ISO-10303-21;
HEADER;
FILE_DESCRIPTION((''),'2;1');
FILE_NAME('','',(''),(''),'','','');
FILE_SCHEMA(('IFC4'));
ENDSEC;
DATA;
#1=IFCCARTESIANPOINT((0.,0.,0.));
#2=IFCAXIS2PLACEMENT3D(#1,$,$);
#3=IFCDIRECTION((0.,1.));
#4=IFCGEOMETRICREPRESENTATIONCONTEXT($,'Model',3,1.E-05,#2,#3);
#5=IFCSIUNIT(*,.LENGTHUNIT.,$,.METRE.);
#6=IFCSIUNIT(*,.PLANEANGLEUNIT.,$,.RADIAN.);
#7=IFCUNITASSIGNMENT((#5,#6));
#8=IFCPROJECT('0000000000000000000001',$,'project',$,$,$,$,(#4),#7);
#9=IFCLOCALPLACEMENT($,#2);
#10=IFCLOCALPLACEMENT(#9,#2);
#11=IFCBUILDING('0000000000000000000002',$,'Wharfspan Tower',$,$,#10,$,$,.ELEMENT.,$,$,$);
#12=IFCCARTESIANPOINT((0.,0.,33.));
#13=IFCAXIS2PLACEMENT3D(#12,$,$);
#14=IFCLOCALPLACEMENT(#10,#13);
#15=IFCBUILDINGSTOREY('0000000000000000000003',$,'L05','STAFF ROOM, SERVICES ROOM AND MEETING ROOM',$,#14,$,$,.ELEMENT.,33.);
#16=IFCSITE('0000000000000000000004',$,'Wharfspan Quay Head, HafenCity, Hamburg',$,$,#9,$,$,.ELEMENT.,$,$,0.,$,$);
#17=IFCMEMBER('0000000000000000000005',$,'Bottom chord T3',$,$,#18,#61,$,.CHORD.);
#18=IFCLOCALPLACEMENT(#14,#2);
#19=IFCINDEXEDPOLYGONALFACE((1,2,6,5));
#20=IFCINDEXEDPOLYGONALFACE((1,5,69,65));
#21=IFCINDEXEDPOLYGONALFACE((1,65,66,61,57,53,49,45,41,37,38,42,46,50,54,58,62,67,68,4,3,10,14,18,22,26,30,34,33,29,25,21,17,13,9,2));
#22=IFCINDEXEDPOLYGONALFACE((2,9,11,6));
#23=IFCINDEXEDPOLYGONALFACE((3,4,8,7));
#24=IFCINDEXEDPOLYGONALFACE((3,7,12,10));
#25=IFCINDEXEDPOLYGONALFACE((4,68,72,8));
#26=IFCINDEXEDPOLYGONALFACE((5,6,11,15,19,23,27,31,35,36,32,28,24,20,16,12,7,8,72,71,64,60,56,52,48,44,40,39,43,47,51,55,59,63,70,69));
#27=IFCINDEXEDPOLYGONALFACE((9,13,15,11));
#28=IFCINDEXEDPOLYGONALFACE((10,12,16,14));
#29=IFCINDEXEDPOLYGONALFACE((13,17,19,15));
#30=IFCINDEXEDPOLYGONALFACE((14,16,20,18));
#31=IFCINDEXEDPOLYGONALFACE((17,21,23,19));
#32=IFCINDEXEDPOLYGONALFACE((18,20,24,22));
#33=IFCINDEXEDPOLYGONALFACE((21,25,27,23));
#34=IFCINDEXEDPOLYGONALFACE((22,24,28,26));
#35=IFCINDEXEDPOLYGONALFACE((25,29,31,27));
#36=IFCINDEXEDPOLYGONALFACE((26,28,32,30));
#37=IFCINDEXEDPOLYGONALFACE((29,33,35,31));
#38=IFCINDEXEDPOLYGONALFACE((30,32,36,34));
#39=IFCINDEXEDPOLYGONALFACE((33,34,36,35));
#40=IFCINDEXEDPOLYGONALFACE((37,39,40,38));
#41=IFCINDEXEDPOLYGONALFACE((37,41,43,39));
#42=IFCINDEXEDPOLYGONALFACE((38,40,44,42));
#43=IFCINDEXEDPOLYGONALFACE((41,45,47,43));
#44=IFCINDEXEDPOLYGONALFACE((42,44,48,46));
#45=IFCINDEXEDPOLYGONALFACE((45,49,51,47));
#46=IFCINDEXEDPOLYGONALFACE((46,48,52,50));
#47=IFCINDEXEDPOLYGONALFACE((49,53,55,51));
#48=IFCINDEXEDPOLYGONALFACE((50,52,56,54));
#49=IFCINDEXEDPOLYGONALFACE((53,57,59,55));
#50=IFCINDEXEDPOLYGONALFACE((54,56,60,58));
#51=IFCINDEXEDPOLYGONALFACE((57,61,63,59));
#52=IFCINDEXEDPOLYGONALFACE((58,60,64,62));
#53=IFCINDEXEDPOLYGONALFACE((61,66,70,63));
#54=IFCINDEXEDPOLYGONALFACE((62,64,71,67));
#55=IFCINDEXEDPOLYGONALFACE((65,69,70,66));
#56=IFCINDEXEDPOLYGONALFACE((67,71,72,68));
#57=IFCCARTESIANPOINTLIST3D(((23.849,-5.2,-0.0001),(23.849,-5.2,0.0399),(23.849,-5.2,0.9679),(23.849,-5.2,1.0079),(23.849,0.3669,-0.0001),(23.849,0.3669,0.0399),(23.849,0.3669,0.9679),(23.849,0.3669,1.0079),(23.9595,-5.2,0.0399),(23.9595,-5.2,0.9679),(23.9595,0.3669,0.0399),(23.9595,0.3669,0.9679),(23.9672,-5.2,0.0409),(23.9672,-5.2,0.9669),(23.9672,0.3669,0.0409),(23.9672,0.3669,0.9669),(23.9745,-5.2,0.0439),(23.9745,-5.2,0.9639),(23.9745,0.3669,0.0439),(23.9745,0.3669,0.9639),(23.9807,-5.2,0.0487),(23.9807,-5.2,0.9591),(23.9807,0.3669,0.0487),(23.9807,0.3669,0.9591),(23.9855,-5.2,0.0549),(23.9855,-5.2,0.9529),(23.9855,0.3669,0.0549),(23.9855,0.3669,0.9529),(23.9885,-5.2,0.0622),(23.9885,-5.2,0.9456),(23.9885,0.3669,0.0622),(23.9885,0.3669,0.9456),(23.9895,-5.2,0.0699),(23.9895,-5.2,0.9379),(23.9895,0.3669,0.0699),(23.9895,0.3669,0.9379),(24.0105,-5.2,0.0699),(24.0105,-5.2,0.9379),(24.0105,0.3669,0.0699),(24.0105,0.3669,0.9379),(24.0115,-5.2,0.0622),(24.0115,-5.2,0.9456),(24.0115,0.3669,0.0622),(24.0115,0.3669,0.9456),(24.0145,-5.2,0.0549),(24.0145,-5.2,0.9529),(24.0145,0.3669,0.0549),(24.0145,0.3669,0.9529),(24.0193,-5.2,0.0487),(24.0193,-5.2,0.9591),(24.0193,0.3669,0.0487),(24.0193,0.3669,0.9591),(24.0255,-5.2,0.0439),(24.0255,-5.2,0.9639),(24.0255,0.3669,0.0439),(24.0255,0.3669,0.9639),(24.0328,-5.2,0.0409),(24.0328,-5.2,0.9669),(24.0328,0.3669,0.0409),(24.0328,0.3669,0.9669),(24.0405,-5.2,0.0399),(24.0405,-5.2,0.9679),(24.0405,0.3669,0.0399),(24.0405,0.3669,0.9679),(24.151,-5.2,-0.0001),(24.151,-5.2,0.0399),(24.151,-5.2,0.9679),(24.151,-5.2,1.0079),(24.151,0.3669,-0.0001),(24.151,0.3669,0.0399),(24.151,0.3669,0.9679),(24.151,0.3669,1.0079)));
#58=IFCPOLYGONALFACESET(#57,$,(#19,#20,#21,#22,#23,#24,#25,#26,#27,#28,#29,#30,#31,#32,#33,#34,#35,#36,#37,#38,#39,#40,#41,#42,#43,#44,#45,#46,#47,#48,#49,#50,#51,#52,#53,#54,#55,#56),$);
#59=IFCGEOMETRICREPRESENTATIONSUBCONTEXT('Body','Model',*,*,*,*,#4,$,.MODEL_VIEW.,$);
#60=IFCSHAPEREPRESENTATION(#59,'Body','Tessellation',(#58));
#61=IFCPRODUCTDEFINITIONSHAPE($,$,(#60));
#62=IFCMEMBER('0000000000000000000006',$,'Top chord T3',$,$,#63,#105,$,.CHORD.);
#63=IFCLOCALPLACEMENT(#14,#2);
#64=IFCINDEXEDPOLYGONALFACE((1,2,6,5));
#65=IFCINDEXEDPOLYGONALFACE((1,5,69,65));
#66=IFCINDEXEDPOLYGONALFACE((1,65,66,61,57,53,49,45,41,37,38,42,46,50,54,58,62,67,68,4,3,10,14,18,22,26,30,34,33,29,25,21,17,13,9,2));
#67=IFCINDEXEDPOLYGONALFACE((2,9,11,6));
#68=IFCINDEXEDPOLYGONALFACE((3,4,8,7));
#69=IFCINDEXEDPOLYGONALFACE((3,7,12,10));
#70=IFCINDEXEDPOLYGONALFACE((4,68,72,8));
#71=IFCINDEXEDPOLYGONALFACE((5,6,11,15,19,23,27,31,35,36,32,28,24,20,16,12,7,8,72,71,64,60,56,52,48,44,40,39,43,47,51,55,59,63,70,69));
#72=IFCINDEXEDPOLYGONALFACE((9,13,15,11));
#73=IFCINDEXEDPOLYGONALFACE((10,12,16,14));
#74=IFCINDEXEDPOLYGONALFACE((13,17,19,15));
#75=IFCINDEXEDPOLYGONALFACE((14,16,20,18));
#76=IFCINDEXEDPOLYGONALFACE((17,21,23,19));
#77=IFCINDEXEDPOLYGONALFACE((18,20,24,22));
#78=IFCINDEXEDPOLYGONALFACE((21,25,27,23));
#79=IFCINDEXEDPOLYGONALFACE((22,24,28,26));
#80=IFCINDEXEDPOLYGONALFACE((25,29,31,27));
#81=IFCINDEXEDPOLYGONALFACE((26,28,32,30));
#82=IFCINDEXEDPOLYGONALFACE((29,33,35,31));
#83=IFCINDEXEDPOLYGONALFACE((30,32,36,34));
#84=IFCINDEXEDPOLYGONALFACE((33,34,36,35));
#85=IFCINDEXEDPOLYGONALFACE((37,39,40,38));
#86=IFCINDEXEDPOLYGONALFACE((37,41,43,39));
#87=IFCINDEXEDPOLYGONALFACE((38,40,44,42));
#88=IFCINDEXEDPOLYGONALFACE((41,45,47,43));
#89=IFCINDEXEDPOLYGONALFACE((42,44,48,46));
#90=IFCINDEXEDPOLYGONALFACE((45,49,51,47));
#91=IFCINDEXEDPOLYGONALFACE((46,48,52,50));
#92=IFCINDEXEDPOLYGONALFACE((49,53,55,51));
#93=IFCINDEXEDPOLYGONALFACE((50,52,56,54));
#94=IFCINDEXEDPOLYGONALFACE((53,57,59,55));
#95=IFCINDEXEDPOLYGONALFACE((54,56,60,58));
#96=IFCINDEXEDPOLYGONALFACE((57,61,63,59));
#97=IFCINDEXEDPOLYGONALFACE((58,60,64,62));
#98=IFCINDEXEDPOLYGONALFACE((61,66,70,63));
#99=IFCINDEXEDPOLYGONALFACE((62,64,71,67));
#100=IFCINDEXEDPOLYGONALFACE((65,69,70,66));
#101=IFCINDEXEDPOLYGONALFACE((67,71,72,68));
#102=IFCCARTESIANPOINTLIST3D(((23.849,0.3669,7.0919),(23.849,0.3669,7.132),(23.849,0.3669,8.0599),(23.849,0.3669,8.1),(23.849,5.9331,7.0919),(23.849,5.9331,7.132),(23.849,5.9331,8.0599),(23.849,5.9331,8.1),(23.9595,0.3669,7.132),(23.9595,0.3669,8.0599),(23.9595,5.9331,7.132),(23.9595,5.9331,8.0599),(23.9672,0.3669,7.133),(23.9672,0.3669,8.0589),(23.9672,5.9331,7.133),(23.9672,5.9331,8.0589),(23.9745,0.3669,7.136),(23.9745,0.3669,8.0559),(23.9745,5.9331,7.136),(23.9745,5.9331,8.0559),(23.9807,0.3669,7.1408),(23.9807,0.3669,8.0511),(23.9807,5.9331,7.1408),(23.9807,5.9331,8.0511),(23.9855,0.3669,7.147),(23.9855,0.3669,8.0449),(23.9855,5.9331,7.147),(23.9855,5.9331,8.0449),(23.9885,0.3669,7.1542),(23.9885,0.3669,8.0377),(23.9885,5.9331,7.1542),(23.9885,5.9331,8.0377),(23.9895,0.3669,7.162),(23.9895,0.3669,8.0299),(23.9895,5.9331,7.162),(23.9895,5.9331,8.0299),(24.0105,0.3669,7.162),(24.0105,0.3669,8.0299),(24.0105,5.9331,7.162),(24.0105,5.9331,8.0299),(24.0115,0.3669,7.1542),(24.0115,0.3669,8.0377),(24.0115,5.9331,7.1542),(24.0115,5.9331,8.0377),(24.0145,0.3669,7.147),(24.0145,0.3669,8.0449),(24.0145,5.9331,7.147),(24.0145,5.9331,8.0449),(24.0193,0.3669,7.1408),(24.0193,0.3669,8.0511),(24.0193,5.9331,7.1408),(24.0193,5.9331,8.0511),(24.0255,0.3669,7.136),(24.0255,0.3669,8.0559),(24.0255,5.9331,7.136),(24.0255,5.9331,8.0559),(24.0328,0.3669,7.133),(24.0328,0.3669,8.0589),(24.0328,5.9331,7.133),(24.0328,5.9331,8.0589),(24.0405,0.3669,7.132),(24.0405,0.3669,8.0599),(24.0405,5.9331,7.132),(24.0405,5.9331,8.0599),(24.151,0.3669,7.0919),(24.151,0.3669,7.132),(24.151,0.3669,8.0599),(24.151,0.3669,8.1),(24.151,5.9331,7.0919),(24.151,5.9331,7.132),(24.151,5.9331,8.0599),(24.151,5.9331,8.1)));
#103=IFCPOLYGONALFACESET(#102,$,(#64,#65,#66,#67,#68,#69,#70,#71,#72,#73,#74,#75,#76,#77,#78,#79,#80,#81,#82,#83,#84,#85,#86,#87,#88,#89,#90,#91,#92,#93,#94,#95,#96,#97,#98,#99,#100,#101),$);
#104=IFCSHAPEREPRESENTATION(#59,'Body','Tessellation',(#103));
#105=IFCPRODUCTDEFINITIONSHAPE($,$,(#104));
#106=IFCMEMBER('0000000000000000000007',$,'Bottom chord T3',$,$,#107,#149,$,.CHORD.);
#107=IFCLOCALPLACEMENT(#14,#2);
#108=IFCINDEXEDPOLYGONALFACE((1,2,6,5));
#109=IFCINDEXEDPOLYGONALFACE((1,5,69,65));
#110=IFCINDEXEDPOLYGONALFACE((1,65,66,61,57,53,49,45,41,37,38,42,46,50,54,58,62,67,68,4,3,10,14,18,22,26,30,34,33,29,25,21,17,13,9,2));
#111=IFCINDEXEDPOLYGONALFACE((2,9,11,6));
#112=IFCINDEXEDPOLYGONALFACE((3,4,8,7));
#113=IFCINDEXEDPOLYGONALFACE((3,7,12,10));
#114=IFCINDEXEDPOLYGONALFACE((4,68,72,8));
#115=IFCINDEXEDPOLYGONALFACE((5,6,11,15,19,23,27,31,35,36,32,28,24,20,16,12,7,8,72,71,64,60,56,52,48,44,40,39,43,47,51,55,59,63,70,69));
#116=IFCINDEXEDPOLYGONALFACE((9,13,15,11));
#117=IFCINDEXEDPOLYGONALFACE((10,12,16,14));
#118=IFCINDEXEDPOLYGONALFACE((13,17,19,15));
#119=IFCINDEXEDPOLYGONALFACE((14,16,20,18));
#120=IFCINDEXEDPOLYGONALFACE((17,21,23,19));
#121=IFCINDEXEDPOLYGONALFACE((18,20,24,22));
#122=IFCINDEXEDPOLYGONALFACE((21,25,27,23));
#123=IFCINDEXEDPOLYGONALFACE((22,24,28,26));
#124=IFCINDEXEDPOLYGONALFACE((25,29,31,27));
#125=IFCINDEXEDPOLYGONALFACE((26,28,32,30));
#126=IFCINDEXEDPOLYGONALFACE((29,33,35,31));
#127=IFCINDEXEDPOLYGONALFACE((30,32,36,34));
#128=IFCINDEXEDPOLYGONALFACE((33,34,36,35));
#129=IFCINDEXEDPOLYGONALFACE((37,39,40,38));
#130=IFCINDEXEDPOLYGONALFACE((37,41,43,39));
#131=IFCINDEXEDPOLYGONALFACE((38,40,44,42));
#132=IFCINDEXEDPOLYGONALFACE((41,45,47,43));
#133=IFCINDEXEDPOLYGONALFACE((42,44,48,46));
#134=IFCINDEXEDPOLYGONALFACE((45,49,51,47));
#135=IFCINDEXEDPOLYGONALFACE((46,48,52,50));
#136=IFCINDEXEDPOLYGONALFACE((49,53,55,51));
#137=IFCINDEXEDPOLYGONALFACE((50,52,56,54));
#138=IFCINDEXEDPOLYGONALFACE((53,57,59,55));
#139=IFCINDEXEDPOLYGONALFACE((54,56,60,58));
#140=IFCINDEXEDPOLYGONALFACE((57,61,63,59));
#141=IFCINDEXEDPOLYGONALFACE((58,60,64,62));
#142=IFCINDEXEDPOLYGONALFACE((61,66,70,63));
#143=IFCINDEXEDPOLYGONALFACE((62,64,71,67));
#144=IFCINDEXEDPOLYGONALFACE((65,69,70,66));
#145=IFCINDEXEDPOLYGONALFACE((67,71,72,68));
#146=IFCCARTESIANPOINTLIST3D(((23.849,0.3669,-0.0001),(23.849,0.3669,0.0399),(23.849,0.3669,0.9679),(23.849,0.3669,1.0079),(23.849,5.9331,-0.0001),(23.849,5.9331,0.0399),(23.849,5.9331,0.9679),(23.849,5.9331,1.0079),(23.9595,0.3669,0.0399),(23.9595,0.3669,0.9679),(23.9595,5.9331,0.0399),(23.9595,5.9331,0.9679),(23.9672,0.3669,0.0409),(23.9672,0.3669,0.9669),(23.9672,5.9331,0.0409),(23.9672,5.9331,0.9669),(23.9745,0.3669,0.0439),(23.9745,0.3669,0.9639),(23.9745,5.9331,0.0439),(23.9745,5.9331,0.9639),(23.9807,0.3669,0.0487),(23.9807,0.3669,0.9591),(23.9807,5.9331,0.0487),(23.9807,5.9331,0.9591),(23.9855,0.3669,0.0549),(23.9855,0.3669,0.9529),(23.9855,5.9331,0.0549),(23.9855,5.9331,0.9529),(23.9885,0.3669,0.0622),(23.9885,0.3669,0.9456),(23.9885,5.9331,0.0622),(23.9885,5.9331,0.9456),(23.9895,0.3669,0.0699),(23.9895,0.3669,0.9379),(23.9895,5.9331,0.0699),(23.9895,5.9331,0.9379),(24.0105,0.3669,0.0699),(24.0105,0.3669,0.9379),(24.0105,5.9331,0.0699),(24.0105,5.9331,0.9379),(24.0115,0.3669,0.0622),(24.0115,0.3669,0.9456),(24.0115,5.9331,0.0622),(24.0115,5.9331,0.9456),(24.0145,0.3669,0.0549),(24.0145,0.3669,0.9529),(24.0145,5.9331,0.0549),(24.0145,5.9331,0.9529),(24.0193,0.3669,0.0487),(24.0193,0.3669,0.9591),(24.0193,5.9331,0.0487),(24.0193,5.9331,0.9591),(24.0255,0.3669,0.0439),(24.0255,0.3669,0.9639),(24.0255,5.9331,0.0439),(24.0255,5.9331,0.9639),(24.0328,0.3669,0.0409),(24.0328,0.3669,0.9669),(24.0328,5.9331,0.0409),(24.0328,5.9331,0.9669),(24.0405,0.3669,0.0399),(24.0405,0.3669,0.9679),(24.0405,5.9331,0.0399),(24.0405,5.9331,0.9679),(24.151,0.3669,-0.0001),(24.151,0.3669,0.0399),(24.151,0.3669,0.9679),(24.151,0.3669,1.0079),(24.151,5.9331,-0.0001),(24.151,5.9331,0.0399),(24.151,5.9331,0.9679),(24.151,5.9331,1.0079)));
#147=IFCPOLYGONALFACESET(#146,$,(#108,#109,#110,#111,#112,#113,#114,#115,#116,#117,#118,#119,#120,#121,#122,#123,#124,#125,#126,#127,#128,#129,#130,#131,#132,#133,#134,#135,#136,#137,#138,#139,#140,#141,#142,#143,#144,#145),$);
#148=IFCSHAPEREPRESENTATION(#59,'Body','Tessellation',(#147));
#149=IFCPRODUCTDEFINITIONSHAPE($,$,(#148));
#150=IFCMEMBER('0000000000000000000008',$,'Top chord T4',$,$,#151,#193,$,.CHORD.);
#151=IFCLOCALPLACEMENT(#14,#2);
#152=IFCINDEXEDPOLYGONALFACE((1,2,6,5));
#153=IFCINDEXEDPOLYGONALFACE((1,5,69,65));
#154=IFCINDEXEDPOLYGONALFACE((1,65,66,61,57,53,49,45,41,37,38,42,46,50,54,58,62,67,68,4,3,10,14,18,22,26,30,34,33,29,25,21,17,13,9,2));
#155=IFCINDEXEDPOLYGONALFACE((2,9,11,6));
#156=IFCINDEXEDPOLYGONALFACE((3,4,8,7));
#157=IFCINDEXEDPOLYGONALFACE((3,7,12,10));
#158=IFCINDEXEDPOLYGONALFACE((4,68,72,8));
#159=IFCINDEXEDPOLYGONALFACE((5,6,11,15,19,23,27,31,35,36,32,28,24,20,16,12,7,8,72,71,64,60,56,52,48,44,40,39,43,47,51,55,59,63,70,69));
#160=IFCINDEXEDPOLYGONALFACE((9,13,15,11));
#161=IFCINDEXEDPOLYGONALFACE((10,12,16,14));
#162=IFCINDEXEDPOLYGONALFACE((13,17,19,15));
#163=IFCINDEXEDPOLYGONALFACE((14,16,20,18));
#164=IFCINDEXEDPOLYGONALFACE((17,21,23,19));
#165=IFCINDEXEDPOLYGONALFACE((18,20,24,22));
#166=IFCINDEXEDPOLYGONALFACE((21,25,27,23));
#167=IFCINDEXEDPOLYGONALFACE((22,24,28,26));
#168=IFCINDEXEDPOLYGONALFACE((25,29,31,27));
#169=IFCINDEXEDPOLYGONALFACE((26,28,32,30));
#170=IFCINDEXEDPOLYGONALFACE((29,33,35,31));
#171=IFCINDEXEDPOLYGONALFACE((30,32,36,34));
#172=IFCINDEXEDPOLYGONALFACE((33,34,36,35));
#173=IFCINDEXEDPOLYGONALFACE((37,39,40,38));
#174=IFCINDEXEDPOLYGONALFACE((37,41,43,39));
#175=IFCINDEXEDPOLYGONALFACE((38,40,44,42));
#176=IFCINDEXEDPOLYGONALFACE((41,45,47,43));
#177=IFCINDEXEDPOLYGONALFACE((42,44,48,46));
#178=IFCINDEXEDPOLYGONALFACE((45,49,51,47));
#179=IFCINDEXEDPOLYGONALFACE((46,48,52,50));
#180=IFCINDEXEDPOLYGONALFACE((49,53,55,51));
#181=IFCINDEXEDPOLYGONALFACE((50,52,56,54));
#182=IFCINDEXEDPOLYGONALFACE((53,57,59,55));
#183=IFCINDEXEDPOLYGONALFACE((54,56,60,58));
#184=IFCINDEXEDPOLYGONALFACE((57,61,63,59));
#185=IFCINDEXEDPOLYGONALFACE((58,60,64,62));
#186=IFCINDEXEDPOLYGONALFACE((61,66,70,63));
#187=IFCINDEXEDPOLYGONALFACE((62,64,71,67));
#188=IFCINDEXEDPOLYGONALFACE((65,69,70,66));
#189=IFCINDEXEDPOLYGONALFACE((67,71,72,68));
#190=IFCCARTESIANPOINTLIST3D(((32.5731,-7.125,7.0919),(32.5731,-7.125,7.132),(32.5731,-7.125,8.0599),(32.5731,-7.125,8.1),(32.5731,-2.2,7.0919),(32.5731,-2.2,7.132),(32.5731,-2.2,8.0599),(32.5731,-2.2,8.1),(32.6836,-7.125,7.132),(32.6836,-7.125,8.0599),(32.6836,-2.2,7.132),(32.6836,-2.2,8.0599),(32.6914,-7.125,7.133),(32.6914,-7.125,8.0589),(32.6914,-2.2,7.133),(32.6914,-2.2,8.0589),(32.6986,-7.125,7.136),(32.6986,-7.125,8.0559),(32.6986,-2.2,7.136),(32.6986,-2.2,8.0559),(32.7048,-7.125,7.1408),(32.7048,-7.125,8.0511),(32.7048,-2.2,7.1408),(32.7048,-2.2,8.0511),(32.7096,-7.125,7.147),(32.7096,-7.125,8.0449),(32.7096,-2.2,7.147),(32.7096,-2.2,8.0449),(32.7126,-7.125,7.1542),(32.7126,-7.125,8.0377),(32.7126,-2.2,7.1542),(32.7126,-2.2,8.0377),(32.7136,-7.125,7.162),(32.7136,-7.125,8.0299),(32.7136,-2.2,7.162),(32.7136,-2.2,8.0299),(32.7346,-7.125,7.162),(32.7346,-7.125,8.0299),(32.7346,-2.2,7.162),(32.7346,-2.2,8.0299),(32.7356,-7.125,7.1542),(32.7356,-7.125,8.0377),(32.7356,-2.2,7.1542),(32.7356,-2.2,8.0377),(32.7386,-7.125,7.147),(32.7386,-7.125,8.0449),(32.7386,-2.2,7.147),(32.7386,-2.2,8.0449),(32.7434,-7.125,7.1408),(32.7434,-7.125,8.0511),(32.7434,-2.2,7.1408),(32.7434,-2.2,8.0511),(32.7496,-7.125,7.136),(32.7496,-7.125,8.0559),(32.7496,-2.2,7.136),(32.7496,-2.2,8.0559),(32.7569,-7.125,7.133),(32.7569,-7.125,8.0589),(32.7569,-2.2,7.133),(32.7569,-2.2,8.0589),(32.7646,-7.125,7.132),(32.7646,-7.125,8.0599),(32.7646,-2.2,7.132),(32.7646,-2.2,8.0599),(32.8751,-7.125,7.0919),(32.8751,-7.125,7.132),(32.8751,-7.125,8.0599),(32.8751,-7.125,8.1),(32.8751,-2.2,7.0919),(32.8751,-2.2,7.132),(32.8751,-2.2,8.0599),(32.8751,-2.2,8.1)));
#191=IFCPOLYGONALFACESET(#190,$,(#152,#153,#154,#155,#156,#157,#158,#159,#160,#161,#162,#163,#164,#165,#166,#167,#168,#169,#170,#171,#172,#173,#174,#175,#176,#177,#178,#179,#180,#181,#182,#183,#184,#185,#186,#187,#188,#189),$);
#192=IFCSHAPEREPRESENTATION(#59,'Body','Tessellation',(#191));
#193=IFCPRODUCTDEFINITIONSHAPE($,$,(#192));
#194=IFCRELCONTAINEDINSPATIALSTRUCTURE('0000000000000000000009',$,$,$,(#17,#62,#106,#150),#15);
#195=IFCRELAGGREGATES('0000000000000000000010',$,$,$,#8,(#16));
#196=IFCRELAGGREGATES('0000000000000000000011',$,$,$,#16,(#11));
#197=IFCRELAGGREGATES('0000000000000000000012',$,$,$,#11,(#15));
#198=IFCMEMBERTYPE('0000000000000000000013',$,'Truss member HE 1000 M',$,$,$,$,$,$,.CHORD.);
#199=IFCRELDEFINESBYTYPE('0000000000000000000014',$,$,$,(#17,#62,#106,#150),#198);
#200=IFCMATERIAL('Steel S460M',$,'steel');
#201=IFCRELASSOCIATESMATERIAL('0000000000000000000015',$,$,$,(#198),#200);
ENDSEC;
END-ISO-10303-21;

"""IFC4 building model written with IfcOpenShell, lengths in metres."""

from ifc_helpers import new_model, si_unit, direction, frame, origin, origin_2d, place, context, subcontext, project, spatial, i_section, extrude, material, material_profile, profile_set, type_object, element, save


model = new_model("IFC4")

# Units and contexts
model_context = context("Model", 3, precision=1e-05, world=origin(), true_north=direction((0.0, 1.0)))
body_context = subcontext(model_context, "Body", "Model", "MODEL_VIEW")
ifc_project = project(units=[si_unit("LENGTHUNIT", "METRE"), si_unit("PLANEANGLEUNIT", "RADIAN")], contexts=[model_context])

# Site, building, storey
site_placement = place(None, origin())
site = spatial("IfcSite", under=ifc_project, at=site_placement, Name="Wharfspan Quay Head, HafenCity, Hamburg", CompositionType="ELEMENT", RefElevation=0.0)
building_placement = place(site_placement, origin())
building = spatial("IfcBuilding", under=site, at=building_placement, Name="Wharfspan Tower", CompositionType="ELEMENT")
storey_placement = place(building_placement, frame((0.0, 0.0, 33.0)))
storey = spatial("IfcBuildingStorey", under=building, at=storey_placement, Name="L05", Description="STAFF ROOM, SERVICES ROOM AND MEETING ROOM", CompositionType="ELEMENT", Elevation=33.0)

# Members
ifc_material_1 = material(Name="Steel S460M", Category="steel")
ifc_material_profile_1 = material_profile(ifc_material_1, i_section(OverallWidth=0.302, OverallDepth=1.0081, WebThickness=0.021, FlangeThickness=0.04, FilletRadius=0.03, at=origin_2d()))
ifc_profile_set_1 = profile_set([ifc_material_profile_1], Name="Steel S460M")
member_type_1 = type_object("IfcMemberType", Name="Truss member HE 1000 M", PredefinedType="CHORD", material=ifc_profile_set_1)
for number, where, z_axis, x_axis, name in (
    (1, (24.0, -5.2, 0.5039), (0.0, 1.0, 0.0), (-1.0, 0.0, 0.0), "Bottom chord T3"),
):
    element("IfcMember", number, at=place(storey_placement, frame(where, z_axis=z_axis, x_axis=x_axis)), inside=storey, type_object=member_type_1, Name=name, PredefinedType="CHORD", context=body_context, shape_type="SweptSolid", body=[
        extrude(i_section(OverallWidth=0.302, OverallDepth=1.0081, WebThickness=0.021, FlangeThickness=0.04, FilletRadius=0.03, at=origin_2d()), origin(), (0.0, 0.0, 1.0), 5.5669),
    ])
for number, where, z_axis, x_axis, name in (
    (2, (24.0, 0.3669, 7.5959), (0.0, 1.0, 0.0), (-1.0, 0.0, 0.0), "Top chord T3"),
    (3, (24.0, 0.3669, 0.5039), (0.0, 1.0, 0.0), (-1.0, 0.0, 0.0), "Bottom chord T3"),
):
    element("IfcMember", number, at=place(storey_placement, frame(where, z_axis=z_axis, x_axis=x_axis)), inside=storey, type_object=member_type_1, Name=name, PredefinedType="CHORD", context=body_context, shape_type="SweptSolid", body=[
        extrude(i_section(OverallWidth=0.302, OverallDepth=1.0081, WebThickness=0.021, FlangeThickness=0.04, FilletRadius=0.03, at=origin_2d()), origin(), (0.0, 0.0, 1.0), 5.5662),
    ])
for number, where, z_axis, x_axis, name in (
    (4, (32.7241, -7.125, 7.5959), (0.0, 1.0, 0.0), (-1.0, 0.0, 0.0), "Top chord T4"),
):
    element("IfcMember", number, at=place(storey_placement, frame(where, z_axis=z_axis, x_axis=x_axis)), inside=storey, type_object=member_type_1, Name=name, PredefinedType="CHORD", context=body_context, shape_type="SweptSolid", body=[
        extrude(i_section(OverallWidth=0.302, OverallDepth=1.0081, WebThickness=0.021, FlangeThickness=0.04, FilletRadius=0.03, at=origin_2d()), origin(), (0.0, 0.0, 1.0), 4.925),
    ])

save(model, "model.ifc")
